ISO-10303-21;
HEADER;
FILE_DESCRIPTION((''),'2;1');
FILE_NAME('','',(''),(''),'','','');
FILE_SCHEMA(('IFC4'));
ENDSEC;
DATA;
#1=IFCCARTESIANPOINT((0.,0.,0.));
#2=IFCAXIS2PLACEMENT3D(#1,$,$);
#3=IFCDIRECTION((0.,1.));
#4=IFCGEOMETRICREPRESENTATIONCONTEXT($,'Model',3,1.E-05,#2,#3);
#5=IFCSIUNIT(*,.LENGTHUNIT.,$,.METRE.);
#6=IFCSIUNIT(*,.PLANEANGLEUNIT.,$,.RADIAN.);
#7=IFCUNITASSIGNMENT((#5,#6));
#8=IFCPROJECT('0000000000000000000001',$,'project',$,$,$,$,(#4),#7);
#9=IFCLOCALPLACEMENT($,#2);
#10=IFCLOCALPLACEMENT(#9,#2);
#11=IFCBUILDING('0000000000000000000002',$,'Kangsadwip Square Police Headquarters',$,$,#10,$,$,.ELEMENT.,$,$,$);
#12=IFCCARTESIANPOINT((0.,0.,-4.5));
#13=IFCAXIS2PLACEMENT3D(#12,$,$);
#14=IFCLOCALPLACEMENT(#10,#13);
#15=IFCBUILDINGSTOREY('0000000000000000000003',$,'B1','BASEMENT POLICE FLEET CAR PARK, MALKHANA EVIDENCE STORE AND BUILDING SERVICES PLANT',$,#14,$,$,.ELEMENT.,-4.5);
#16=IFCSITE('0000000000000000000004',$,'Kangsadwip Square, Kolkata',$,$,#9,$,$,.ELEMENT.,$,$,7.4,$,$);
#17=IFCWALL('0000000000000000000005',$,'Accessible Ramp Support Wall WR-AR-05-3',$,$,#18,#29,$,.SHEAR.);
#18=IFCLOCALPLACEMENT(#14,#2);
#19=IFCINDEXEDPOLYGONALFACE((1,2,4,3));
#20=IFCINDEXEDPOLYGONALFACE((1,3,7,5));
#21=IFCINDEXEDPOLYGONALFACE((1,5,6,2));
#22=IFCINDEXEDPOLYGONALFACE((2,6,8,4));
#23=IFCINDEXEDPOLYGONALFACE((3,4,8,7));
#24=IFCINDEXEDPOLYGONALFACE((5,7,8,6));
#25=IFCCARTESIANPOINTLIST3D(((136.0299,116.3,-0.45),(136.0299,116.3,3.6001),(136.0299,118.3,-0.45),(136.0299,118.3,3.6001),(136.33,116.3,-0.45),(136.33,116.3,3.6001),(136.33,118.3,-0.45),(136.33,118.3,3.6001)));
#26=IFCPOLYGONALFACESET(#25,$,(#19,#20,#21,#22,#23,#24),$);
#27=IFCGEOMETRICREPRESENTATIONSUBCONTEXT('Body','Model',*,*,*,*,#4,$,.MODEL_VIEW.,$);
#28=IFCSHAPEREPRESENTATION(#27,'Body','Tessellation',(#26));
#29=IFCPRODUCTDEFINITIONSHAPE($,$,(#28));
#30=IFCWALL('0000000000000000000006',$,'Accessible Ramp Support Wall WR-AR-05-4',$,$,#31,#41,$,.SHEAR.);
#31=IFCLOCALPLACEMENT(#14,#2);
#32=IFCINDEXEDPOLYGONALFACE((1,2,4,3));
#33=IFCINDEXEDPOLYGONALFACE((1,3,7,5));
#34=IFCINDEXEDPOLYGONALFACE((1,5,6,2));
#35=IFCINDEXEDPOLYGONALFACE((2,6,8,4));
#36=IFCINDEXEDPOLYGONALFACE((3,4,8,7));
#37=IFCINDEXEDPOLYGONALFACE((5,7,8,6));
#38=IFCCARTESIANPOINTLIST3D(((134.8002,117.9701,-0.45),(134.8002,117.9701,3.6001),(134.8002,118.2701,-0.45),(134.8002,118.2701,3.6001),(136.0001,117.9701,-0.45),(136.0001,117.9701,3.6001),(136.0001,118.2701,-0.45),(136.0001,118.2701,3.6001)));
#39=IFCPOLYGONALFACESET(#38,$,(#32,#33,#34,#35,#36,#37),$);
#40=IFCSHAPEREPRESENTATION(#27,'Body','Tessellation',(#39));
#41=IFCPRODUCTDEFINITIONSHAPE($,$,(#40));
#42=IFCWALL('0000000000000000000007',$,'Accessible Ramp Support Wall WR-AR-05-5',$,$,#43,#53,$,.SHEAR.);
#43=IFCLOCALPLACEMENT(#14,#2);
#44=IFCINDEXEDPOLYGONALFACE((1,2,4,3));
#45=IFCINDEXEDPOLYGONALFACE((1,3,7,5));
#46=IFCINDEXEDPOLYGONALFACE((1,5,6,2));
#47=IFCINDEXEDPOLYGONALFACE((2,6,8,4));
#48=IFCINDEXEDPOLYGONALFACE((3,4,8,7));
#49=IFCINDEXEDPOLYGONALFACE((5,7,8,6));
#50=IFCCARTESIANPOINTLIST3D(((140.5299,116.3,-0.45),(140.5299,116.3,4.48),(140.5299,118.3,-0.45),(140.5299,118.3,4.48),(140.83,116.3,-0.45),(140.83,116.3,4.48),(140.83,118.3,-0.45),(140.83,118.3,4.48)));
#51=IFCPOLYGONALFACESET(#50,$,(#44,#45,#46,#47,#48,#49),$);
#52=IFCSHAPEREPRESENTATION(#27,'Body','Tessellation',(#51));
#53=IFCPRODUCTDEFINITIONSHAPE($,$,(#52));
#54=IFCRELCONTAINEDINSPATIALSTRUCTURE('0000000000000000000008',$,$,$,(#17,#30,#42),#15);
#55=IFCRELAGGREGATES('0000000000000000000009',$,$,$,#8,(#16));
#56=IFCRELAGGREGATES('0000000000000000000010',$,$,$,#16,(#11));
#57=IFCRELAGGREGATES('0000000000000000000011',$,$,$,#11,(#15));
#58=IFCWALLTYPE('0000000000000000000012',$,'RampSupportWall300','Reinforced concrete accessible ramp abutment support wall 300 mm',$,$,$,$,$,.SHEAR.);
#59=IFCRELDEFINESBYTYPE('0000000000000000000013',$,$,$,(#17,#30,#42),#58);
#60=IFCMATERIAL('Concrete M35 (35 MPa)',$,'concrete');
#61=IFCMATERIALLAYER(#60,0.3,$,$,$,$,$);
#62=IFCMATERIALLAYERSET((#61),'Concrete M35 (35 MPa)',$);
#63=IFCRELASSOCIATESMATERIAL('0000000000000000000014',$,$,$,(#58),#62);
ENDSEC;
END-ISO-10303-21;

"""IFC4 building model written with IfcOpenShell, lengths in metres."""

from ifc_helpers import new_model, si_unit, direction, frame, frame_2d, origin, place, context, subcontext, project, spatial, rectangle, extrude, material, layer, layer_set, type_object, element, save


model = new_model("IFC4")

# Units and contexts
model_context = context("Model", 3, precision=1e-05, world=origin(), true_north=direction((0.0, 1.0)))
body_context = subcontext(model_context, "Body", "Model", "MODEL_VIEW")
ifc_project = project(units=[si_unit("LENGTHUNIT", "METRE"), si_unit("PLANEANGLEUNIT", "RADIAN")], contexts=[model_context])

# Site, building, storey
site_placement = place(None, origin())
site = spatial("IfcSite", under=ifc_project, at=site_placement, Name="Kangsadwip Square, Kolkata", CompositionType="ELEMENT", RefElevation=7.4)
building_placement = place(site_placement, origin())
building = spatial("IfcBuilding", under=site, at=building_placement, Name="Kangsadwip Square Police Headquarters", CompositionType="ELEMENT")
storey_placement = place(building_placement, frame((0.0, 0.0, -4.5)))
storey = spatial("IfcBuildingStorey", under=building, at=storey_placement, Name="B1", Description="BASEMENT POLICE FLEET CAR PARK, MALKHANA EVIDENCE STORE AND BUILDING SERVICES PLANT", CompositionType="ELEMENT", Elevation=-4.5)

# Walls
ifc_material_1 = material(Name="Concrete M35 (35 MPa)", Category="concrete")
ifc_layer_1 = layer(ifc_material_1, 0.3)
ifc_layer_set_1 = layer_set([ifc_layer_1], Name="Concrete M35 (35 MPa)")
wall_type_1 = type_object("IfcWallType", Name="RampSupportWall300", Description="Reinforced concrete accessible ramp abutment support wall 300 mm", PredefinedType="SHEAR", material=ifc_layer_set_1)
for number, where, z_axis, x_axis, name in (
    (1, (136.1799, 116.3, -0.45), (0.0, 0.0, 1.0), (0.0, 1.0, 0.0), "Accessible Ramp Support Wall WR-AR-05-3"),
):
    element("IfcWall", number, at=place(storey_placement, frame(where, z_axis=z_axis, x_axis=x_axis)), inside=storey, type_object=wall_type_1, Name=name, PredefinedType="SHEAR", context=body_context, shape_type="SweptSolid", body=[
        extrude(rectangle(XDim=2.0, YDim=0.3, at=frame_2d((1.0, 0.0))), origin(), (0.0, 0.0, 1.0), 4.05),
    ])
wall_1_placement = place(storey_placement, frame((134.8, 118.1201, -0.45), z_axis=(0.0, 0.0, 1.0), x_axis=(1.0, 0.0, 0.0)))
element("IfcWall", 2, at=wall_1_placement, inside=storey, type_object=wall_type_1, Name="Accessible Ramp Support Wall WR-AR-05-4", PredefinedType="SHEAR", context=body_context, shape_type="SweptSolid", body=[
    extrude(rectangle(XDim=1.2, YDim=0.3, at=frame_2d((0.6001, 0.0))), origin(), (0.0, 0.0, 1.0), 4.05),
])
wall_2_placement = place(storey_placement, frame((140.6799, 116.3, -0.45), z_axis=(0.0, 0.0, 1.0), x_axis=(0.0, 1.0, 0.0)))
element("IfcWall", 3, at=wall_2_placement, inside=storey, type_object=wall_type_1, Name="Accessible Ramp Support Wall WR-AR-05-5", PredefinedType="SHEAR", context=body_context, shape_type="SweptSolid", body=[
    extrude(rectangle(XDim=2.0, YDim=0.3, at=frame_2d((1.0, 0.0))), origin(), (0.0, 0.0, 1.0), 4.9299),
])

save(model, "model.ifc")
